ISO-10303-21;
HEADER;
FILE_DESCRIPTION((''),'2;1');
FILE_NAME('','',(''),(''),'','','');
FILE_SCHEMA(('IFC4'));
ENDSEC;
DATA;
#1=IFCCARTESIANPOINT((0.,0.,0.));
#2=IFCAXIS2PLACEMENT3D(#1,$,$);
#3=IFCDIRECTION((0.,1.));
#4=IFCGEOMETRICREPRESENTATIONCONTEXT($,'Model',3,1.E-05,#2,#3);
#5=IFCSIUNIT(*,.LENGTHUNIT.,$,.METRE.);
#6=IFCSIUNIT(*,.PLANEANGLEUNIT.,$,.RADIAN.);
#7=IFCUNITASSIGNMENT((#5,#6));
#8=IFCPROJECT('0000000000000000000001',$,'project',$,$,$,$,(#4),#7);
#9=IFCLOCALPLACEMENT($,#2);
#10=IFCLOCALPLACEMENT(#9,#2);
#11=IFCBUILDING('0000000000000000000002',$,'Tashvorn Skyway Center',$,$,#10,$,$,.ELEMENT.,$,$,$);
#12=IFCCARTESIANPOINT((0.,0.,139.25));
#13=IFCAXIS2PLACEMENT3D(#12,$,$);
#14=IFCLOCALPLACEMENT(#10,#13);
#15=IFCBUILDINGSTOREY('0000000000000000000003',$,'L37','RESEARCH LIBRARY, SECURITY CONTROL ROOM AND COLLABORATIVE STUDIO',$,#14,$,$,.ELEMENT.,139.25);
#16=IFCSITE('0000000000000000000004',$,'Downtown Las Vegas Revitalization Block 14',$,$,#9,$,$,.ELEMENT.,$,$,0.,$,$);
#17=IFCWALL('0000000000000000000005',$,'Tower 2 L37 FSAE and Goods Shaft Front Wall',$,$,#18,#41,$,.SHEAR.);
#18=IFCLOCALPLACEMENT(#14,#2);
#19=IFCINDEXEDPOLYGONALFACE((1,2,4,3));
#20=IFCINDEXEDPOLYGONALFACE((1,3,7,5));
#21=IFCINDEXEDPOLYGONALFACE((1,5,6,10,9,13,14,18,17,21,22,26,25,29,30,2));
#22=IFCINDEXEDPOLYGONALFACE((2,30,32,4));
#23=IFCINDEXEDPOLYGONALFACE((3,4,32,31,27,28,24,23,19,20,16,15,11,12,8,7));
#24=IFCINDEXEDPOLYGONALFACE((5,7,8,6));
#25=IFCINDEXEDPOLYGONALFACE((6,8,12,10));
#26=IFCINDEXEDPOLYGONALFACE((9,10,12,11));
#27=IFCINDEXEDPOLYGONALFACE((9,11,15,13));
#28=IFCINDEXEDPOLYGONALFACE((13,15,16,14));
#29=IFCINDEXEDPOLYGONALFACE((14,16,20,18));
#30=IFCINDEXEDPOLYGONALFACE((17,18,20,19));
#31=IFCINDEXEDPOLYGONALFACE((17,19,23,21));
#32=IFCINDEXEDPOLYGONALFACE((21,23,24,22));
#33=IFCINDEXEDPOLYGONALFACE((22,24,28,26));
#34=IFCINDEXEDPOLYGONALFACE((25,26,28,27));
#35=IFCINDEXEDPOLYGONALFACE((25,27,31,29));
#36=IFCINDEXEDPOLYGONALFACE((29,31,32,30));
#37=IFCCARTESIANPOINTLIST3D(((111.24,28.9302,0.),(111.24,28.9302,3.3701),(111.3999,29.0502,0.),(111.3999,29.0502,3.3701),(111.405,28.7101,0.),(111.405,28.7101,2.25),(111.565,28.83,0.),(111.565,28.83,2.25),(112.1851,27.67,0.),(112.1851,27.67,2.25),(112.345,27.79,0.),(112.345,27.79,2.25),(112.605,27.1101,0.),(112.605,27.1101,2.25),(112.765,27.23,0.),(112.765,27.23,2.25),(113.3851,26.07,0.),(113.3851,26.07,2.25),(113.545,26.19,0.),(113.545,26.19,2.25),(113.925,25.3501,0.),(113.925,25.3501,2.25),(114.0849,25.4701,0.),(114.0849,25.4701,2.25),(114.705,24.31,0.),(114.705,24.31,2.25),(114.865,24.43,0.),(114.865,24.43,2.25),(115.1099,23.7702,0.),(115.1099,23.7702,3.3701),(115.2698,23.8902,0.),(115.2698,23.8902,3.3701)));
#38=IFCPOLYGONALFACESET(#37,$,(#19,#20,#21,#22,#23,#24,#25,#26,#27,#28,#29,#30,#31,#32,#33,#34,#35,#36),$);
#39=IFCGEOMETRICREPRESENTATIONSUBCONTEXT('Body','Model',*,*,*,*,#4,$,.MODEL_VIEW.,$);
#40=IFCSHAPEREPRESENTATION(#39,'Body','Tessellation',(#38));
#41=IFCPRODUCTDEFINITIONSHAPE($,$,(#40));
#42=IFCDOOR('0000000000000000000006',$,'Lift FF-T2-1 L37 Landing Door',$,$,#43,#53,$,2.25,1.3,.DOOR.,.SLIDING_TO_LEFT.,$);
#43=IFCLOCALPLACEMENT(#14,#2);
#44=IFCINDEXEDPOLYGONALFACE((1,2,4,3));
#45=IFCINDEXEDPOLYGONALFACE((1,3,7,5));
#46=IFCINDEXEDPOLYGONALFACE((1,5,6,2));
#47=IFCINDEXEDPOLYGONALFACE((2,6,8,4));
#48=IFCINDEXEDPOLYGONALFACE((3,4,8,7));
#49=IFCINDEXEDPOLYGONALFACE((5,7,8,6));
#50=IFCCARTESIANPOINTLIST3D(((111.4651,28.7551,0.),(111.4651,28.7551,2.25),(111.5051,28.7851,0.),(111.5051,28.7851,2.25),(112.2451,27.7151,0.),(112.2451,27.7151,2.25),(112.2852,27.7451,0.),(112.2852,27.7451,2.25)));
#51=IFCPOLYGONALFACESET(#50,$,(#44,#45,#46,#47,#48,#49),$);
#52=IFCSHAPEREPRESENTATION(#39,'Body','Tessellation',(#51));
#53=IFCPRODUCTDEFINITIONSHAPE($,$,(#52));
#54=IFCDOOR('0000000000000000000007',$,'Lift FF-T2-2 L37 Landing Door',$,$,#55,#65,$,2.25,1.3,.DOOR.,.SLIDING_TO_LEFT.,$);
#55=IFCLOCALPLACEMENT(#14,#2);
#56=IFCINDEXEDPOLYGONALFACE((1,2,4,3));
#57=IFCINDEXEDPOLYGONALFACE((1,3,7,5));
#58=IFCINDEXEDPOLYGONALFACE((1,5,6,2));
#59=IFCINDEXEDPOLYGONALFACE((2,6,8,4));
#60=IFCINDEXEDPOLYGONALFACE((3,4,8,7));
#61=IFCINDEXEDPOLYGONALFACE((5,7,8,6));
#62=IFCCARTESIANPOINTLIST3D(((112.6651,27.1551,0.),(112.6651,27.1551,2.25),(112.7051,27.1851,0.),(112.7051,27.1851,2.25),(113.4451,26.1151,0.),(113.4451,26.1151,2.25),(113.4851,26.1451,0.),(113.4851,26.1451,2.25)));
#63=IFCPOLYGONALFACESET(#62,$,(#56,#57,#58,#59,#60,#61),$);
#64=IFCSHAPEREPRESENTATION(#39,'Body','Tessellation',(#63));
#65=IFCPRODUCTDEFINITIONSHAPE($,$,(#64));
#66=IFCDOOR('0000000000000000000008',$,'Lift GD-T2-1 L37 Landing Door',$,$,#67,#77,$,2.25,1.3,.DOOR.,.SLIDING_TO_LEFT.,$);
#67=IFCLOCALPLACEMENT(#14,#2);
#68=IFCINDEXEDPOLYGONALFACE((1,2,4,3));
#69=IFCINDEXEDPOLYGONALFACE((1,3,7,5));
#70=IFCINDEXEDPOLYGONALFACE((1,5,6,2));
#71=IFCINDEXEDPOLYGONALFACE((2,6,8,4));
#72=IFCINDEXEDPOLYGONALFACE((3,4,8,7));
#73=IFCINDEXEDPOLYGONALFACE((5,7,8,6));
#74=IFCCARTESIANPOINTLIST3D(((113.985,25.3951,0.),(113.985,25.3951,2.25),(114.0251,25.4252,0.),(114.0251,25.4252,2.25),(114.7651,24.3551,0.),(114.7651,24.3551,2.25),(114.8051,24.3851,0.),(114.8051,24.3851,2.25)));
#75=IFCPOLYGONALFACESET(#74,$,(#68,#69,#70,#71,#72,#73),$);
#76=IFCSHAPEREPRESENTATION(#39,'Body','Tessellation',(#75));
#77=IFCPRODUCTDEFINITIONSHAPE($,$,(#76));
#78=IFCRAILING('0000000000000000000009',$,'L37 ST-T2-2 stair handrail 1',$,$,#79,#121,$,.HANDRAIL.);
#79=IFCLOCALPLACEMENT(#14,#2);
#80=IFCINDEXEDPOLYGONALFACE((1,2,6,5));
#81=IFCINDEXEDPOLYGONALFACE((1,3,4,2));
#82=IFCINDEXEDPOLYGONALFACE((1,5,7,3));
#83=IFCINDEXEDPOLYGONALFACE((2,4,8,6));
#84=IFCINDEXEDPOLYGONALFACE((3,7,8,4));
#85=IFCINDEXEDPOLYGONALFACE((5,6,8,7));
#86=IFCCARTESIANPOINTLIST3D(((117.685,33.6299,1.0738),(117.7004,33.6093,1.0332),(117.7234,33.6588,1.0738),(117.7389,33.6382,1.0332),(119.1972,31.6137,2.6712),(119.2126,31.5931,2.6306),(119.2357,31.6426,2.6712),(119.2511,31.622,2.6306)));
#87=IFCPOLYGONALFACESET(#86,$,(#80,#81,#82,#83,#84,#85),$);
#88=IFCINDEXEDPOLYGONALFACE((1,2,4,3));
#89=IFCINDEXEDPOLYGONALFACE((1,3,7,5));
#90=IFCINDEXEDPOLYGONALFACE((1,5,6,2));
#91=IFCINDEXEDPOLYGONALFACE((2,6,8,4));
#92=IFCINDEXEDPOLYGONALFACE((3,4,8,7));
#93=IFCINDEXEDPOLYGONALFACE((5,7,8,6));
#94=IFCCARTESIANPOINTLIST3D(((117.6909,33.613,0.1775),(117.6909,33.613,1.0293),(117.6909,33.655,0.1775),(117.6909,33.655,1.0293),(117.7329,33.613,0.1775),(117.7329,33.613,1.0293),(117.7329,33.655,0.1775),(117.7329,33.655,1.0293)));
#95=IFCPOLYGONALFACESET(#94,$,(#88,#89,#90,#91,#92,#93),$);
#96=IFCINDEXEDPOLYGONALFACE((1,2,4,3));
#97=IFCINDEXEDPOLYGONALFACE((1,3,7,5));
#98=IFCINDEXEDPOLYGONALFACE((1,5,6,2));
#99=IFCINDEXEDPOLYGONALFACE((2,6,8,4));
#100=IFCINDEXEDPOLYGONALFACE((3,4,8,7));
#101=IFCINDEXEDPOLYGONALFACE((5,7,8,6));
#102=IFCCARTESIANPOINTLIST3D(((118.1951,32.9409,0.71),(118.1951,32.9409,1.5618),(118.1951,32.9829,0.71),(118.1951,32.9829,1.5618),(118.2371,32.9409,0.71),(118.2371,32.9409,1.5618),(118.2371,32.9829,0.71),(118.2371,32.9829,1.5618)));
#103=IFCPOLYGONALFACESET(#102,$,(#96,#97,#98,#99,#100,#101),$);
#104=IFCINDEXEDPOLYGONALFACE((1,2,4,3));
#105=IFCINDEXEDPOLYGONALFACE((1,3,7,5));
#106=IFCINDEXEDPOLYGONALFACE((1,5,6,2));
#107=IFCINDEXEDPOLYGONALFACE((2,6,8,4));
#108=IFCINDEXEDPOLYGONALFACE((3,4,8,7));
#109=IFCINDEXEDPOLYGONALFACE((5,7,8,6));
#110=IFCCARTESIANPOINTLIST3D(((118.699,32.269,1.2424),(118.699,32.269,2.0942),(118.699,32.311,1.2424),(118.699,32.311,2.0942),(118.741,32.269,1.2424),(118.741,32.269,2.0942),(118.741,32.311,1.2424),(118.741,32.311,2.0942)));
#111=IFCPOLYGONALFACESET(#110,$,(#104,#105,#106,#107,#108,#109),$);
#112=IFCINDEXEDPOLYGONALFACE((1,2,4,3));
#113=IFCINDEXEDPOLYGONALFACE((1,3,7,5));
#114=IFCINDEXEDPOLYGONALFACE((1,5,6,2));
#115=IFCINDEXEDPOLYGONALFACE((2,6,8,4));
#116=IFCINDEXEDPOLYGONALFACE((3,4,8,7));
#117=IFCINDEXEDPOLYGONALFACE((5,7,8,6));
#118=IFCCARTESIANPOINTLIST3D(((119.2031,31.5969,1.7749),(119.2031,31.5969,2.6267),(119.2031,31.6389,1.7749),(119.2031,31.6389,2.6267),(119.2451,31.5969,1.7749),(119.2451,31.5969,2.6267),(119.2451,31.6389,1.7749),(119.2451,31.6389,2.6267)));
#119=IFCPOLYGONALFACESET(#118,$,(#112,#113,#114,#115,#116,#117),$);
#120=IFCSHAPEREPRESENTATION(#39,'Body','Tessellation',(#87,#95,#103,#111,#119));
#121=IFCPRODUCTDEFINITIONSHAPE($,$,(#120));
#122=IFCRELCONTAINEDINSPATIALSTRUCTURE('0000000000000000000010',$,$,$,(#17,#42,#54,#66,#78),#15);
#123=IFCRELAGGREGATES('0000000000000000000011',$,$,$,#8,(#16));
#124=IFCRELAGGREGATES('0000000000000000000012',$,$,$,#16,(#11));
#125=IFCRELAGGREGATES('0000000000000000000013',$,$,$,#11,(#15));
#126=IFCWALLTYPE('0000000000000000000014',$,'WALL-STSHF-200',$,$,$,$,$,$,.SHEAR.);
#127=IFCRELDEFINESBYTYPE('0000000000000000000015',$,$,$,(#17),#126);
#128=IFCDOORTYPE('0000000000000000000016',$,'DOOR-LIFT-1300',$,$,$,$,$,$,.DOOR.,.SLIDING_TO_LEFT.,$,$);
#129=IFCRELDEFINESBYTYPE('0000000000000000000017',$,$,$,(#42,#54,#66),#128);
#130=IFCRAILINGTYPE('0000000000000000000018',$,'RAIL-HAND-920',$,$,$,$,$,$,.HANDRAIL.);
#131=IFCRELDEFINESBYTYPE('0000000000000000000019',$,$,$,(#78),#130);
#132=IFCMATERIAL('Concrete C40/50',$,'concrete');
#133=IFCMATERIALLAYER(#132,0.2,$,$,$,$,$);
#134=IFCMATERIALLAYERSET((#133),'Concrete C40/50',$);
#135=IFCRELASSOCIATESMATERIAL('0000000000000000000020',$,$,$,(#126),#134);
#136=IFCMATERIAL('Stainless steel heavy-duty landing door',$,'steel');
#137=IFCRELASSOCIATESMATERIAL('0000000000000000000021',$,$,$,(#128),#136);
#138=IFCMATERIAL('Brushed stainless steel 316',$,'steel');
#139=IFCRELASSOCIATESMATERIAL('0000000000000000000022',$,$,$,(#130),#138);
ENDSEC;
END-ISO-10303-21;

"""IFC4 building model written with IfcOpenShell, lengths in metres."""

from ifc_helpers import new_model, si_unit, direction, frame, frame_2d, origin, origin_2d, place, context, subcontext, project, spatial, rectangle, extrude, material, layer, layer_set, type_object, element, fill, save


model = new_model("IFC4")

# Units and contexts
model_context = context("Model", 3, precision=1e-05, world=origin(), true_north=direction((0.0, 1.0)))
body_context = subcontext(model_context, "Body", "Model", "MODEL_VIEW")
ifc_project = project(units=[si_unit("LENGTHUNIT", "METRE"), si_unit("PLANEANGLEUNIT", "RADIAN")], contexts=[model_context])

# Site, building, storey
site_placement = place(None, origin())
site = spatial("IfcSite", under=ifc_project, at=site_placement, Name="Downtown Las Vegas Revitalization Block 14", CompositionType="ELEMENT", RefElevation=0.0)
building_placement = place(site_placement, origin())
building = spatial("IfcBuilding", under=site, at=building_placement, Name="Tashvorn Skyway Center", CompositionType="ELEMENT")
storey_placement = place(building_placement, frame((0.0, 0.0, 139.25)))
storey = spatial("IfcBuildingStorey", under=building, at=storey_placement, Name="L37", Description="RESEARCH LIBRARY, SECURITY CONTROL ROOM AND COLLABORATIVE STUDIO", CompositionType="ELEMENT", Elevation=139.25)

# Shared definitions
ifc_material_1 = material(Name="Concrete C40/50", Category="concrete")

# Shared definitions
ifc_layer_1 = layer(ifc_material_1, 0.2)
ifc_layer_set_1 = layer_set([ifc_layer_1], Name="Concrete C40/50")
wall_type_1 = type_object("IfcWallType", Name="WALL-STSHF-200", PredefinedType="SHEAR", material=ifc_layer_set_1)

# Wall, openings, doors
wall_1_placement = place(storey_placement, frame((115.1899, 23.8301, 0.0), z_axis=(0.0, 0.0, 1.0), x_axis=(-0.599994, 0.800005, 0.0)))
wall_1 = element("IfcWall", 1, at=wall_1_placement, inside=storey, type_object=wall_type_1, Name="Tower 2 L37 FSAE and Goods Shaft Front Wall", PredefinedType="SHEAR", context=body_context, shape_type="SweptSolid", body=[
    extrude(rectangle(XDim=6.45, YDim=0.2, at=frame_2d((3.2251, 0.0))), origin(), (0.0, 0.0, 1.0), 3.3701),
])
opening_1_placement = place(wall_1_placement, frame((4.875, 0.0, 0.0)))
opening_1 = element("IfcOpeningElement", 2, at=opening_1_placement, cuts=wall_1, PredefinedType="OPENING", context=body_context, shape_type="SweptSolid", body=[
    extrude(rectangle(XDim=1.3, YDim=2.25, at=frame_2d((0.6499, 1.125))), frame((0.0, 0.1099, 0.0), z_axis=(0.0, -1.0, 0.0), x_axis=(1.0, 0.0, 0.0)), (0.0, 0.0, 1.0), 0.22),
])
opening_2_placement = place(wall_1_placement, frame((2.875, 0.0, 0.0)))
opening_2 = element("IfcOpeningElement", 3, at=opening_2_placement, cuts=wall_1, PredefinedType="OPENING", context=body_context, shape_type="SweptSolid", body=[
    extrude(rectangle(XDim=1.3, YDim=2.25, at=frame_2d((0.6499, 1.125))), frame((0.0, 0.1099, 0.0), z_axis=(0.0, -1.0, 0.0), x_axis=(1.0, 0.0, 0.0)), (0.0, 0.0, 1.0), 0.22),
])
opening_3_placement = place(wall_1_placement, frame((0.675, 0.0, 0.0)))
opening_3 = element("IfcOpeningElement", 4, at=opening_3_placement, cuts=wall_1, PredefinedType="OPENING", context=body_context, shape_type="SweptSolid", body=[
    extrude(rectangle(XDim=1.3, YDim=2.25, at=frame_2d((0.6499, 1.125))), frame((0.0, 0.1099, 0.0), z_axis=(0.0, -1.0, 0.0), x_axis=(1.0, 0.0, 0.0)), (0.0, 0.0, 1.0), 0.22),
])
ifc_material_2 = material(Name="Stainless steel heavy-duty landing door", Category="steel")
door_type_1 = type_object("IfcDoorType", Name="DOOR-LIFT-1300", OperationType="SLIDING_TO_LEFT", PredefinedType="DOOR", material=ifc_material_2)
door_1_placement = place(opening_1_placement, origin())
door_1 = element("IfcDoor", 5, at=door_1_placement, inside=storey, type_object=door_type_1, Name="Lift FF-T2-1 L37 Landing Door", OperationType="SLIDING_TO_LEFT", OverallHeight=2.25, OverallWidth=1.3, PredefinedType="DOOR", context=body_context, shape_type="SweptSolid", body=[
    extrude(rectangle(XDim=1.3, YDim=2.25, at=frame_2d((0.6499, 1.125))), frame((0.0, 0.0249, 0.0), z_axis=(0.0, -1.0, 0.0), x_axis=(1.0, 0.0, 0.0)), (0.0, 0.0, 1.0), 0.05),
])
fill(opening_1, door_1)
door_2_placement = place(opening_2_placement, origin())
door_2 = element("IfcDoor", 6, at=door_2_placement, inside=storey, type_object=door_type_1, Name="Lift FF-T2-2 L37 Landing Door", OperationType="SLIDING_TO_LEFT", OverallHeight=2.25, OverallWidth=1.3, PredefinedType="DOOR", context=body_context, shape_type="SweptSolid", body=[
    extrude(rectangle(XDim=1.3, YDim=2.25, at=frame_2d((0.6499, 1.125))), frame((0.0, 0.0249, 0.0), z_axis=(0.0, -1.0, 0.0), x_axis=(1.0, 0.0, 0.0)), (0.0, 0.0, 1.0), 0.05),
])
fill(opening_2, door_2)
door_3_placement = place(opening_3_placement, origin())
door_3 = element("IfcDoor", 7, at=door_3_placement, inside=storey, type_object=door_type_1, Name="Lift GD-T2-1 L37 Landing Door", OperationType="SLIDING_TO_LEFT", OverallHeight=2.25, OverallWidth=1.3, PredefinedType="DOOR", context=body_context, shape_type="SweptSolid", body=[
    extrude(rectangle(XDim=1.3, YDim=2.25, at=frame_2d((0.6499, 1.125))), frame((0.0, 0.0249, 0.0), z_axis=(0.0, -1.0, 0.0), x_axis=(1.0, 0.0, 0.0)), (0.0, 0.0, 1.0), 0.05),
])
fill(opening_3, door_3)

# Railing
ifc_material_3 = material(Name="Brushed stainless steel 316", Category="steel")
railing_type = type_object("IfcRailingType", Name="RAIL-HAND-920", PredefinedType="HANDRAIL", material=ifc_material_3)
railing_placement = place(storey_placement, frame((117.7119, 33.634, 0.1775)))
element("IfcRailing", 8, at=railing_placement, inside=storey, type_object=railing_type, Name="L37 ST-T2-2 stair handrail 1", PredefinedType="HANDRAIL", context=body_context, shape_type="SweptSolid", body=[
    extrude(rectangle(XDim=0.0481, YDim=0.0481, at=origin_2d()), frame((0.0, 0.0, 0.876), z_axis=(0.506802, -0.675681, 0.535357), x_axis=(0.799977, 0.600031, 0.0)), (0.0, 0.0, 1.0), 2.9839),
    extrude(rectangle(XDim=0.042, YDim=0.042, at=origin_2d()), origin(), (0.0, 0.0, 1.0), 0.8518),
    extrude(rectangle(XDim=0.042, YDim=0.042, at=origin_2d()), frame((0.5042, -0.6721, 0.5325)), (0.0, 0.0, 1.0), 0.8518),
    extrude(rectangle(XDim=0.042, YDim=0.042, at=origin_2d()), frame((1.0081, -1.344, 1.0649)), (0.0, 0.0, 1.0), 0.8518),
    extrude(rectangle(XDim=0.042, YDim=0.042, at=origin_2d()), frame((1.5122, -2.0161, 1.5974)), (0.0, 0.0, 1.0), 0.8518),
])

save(model, "model.ifc")
